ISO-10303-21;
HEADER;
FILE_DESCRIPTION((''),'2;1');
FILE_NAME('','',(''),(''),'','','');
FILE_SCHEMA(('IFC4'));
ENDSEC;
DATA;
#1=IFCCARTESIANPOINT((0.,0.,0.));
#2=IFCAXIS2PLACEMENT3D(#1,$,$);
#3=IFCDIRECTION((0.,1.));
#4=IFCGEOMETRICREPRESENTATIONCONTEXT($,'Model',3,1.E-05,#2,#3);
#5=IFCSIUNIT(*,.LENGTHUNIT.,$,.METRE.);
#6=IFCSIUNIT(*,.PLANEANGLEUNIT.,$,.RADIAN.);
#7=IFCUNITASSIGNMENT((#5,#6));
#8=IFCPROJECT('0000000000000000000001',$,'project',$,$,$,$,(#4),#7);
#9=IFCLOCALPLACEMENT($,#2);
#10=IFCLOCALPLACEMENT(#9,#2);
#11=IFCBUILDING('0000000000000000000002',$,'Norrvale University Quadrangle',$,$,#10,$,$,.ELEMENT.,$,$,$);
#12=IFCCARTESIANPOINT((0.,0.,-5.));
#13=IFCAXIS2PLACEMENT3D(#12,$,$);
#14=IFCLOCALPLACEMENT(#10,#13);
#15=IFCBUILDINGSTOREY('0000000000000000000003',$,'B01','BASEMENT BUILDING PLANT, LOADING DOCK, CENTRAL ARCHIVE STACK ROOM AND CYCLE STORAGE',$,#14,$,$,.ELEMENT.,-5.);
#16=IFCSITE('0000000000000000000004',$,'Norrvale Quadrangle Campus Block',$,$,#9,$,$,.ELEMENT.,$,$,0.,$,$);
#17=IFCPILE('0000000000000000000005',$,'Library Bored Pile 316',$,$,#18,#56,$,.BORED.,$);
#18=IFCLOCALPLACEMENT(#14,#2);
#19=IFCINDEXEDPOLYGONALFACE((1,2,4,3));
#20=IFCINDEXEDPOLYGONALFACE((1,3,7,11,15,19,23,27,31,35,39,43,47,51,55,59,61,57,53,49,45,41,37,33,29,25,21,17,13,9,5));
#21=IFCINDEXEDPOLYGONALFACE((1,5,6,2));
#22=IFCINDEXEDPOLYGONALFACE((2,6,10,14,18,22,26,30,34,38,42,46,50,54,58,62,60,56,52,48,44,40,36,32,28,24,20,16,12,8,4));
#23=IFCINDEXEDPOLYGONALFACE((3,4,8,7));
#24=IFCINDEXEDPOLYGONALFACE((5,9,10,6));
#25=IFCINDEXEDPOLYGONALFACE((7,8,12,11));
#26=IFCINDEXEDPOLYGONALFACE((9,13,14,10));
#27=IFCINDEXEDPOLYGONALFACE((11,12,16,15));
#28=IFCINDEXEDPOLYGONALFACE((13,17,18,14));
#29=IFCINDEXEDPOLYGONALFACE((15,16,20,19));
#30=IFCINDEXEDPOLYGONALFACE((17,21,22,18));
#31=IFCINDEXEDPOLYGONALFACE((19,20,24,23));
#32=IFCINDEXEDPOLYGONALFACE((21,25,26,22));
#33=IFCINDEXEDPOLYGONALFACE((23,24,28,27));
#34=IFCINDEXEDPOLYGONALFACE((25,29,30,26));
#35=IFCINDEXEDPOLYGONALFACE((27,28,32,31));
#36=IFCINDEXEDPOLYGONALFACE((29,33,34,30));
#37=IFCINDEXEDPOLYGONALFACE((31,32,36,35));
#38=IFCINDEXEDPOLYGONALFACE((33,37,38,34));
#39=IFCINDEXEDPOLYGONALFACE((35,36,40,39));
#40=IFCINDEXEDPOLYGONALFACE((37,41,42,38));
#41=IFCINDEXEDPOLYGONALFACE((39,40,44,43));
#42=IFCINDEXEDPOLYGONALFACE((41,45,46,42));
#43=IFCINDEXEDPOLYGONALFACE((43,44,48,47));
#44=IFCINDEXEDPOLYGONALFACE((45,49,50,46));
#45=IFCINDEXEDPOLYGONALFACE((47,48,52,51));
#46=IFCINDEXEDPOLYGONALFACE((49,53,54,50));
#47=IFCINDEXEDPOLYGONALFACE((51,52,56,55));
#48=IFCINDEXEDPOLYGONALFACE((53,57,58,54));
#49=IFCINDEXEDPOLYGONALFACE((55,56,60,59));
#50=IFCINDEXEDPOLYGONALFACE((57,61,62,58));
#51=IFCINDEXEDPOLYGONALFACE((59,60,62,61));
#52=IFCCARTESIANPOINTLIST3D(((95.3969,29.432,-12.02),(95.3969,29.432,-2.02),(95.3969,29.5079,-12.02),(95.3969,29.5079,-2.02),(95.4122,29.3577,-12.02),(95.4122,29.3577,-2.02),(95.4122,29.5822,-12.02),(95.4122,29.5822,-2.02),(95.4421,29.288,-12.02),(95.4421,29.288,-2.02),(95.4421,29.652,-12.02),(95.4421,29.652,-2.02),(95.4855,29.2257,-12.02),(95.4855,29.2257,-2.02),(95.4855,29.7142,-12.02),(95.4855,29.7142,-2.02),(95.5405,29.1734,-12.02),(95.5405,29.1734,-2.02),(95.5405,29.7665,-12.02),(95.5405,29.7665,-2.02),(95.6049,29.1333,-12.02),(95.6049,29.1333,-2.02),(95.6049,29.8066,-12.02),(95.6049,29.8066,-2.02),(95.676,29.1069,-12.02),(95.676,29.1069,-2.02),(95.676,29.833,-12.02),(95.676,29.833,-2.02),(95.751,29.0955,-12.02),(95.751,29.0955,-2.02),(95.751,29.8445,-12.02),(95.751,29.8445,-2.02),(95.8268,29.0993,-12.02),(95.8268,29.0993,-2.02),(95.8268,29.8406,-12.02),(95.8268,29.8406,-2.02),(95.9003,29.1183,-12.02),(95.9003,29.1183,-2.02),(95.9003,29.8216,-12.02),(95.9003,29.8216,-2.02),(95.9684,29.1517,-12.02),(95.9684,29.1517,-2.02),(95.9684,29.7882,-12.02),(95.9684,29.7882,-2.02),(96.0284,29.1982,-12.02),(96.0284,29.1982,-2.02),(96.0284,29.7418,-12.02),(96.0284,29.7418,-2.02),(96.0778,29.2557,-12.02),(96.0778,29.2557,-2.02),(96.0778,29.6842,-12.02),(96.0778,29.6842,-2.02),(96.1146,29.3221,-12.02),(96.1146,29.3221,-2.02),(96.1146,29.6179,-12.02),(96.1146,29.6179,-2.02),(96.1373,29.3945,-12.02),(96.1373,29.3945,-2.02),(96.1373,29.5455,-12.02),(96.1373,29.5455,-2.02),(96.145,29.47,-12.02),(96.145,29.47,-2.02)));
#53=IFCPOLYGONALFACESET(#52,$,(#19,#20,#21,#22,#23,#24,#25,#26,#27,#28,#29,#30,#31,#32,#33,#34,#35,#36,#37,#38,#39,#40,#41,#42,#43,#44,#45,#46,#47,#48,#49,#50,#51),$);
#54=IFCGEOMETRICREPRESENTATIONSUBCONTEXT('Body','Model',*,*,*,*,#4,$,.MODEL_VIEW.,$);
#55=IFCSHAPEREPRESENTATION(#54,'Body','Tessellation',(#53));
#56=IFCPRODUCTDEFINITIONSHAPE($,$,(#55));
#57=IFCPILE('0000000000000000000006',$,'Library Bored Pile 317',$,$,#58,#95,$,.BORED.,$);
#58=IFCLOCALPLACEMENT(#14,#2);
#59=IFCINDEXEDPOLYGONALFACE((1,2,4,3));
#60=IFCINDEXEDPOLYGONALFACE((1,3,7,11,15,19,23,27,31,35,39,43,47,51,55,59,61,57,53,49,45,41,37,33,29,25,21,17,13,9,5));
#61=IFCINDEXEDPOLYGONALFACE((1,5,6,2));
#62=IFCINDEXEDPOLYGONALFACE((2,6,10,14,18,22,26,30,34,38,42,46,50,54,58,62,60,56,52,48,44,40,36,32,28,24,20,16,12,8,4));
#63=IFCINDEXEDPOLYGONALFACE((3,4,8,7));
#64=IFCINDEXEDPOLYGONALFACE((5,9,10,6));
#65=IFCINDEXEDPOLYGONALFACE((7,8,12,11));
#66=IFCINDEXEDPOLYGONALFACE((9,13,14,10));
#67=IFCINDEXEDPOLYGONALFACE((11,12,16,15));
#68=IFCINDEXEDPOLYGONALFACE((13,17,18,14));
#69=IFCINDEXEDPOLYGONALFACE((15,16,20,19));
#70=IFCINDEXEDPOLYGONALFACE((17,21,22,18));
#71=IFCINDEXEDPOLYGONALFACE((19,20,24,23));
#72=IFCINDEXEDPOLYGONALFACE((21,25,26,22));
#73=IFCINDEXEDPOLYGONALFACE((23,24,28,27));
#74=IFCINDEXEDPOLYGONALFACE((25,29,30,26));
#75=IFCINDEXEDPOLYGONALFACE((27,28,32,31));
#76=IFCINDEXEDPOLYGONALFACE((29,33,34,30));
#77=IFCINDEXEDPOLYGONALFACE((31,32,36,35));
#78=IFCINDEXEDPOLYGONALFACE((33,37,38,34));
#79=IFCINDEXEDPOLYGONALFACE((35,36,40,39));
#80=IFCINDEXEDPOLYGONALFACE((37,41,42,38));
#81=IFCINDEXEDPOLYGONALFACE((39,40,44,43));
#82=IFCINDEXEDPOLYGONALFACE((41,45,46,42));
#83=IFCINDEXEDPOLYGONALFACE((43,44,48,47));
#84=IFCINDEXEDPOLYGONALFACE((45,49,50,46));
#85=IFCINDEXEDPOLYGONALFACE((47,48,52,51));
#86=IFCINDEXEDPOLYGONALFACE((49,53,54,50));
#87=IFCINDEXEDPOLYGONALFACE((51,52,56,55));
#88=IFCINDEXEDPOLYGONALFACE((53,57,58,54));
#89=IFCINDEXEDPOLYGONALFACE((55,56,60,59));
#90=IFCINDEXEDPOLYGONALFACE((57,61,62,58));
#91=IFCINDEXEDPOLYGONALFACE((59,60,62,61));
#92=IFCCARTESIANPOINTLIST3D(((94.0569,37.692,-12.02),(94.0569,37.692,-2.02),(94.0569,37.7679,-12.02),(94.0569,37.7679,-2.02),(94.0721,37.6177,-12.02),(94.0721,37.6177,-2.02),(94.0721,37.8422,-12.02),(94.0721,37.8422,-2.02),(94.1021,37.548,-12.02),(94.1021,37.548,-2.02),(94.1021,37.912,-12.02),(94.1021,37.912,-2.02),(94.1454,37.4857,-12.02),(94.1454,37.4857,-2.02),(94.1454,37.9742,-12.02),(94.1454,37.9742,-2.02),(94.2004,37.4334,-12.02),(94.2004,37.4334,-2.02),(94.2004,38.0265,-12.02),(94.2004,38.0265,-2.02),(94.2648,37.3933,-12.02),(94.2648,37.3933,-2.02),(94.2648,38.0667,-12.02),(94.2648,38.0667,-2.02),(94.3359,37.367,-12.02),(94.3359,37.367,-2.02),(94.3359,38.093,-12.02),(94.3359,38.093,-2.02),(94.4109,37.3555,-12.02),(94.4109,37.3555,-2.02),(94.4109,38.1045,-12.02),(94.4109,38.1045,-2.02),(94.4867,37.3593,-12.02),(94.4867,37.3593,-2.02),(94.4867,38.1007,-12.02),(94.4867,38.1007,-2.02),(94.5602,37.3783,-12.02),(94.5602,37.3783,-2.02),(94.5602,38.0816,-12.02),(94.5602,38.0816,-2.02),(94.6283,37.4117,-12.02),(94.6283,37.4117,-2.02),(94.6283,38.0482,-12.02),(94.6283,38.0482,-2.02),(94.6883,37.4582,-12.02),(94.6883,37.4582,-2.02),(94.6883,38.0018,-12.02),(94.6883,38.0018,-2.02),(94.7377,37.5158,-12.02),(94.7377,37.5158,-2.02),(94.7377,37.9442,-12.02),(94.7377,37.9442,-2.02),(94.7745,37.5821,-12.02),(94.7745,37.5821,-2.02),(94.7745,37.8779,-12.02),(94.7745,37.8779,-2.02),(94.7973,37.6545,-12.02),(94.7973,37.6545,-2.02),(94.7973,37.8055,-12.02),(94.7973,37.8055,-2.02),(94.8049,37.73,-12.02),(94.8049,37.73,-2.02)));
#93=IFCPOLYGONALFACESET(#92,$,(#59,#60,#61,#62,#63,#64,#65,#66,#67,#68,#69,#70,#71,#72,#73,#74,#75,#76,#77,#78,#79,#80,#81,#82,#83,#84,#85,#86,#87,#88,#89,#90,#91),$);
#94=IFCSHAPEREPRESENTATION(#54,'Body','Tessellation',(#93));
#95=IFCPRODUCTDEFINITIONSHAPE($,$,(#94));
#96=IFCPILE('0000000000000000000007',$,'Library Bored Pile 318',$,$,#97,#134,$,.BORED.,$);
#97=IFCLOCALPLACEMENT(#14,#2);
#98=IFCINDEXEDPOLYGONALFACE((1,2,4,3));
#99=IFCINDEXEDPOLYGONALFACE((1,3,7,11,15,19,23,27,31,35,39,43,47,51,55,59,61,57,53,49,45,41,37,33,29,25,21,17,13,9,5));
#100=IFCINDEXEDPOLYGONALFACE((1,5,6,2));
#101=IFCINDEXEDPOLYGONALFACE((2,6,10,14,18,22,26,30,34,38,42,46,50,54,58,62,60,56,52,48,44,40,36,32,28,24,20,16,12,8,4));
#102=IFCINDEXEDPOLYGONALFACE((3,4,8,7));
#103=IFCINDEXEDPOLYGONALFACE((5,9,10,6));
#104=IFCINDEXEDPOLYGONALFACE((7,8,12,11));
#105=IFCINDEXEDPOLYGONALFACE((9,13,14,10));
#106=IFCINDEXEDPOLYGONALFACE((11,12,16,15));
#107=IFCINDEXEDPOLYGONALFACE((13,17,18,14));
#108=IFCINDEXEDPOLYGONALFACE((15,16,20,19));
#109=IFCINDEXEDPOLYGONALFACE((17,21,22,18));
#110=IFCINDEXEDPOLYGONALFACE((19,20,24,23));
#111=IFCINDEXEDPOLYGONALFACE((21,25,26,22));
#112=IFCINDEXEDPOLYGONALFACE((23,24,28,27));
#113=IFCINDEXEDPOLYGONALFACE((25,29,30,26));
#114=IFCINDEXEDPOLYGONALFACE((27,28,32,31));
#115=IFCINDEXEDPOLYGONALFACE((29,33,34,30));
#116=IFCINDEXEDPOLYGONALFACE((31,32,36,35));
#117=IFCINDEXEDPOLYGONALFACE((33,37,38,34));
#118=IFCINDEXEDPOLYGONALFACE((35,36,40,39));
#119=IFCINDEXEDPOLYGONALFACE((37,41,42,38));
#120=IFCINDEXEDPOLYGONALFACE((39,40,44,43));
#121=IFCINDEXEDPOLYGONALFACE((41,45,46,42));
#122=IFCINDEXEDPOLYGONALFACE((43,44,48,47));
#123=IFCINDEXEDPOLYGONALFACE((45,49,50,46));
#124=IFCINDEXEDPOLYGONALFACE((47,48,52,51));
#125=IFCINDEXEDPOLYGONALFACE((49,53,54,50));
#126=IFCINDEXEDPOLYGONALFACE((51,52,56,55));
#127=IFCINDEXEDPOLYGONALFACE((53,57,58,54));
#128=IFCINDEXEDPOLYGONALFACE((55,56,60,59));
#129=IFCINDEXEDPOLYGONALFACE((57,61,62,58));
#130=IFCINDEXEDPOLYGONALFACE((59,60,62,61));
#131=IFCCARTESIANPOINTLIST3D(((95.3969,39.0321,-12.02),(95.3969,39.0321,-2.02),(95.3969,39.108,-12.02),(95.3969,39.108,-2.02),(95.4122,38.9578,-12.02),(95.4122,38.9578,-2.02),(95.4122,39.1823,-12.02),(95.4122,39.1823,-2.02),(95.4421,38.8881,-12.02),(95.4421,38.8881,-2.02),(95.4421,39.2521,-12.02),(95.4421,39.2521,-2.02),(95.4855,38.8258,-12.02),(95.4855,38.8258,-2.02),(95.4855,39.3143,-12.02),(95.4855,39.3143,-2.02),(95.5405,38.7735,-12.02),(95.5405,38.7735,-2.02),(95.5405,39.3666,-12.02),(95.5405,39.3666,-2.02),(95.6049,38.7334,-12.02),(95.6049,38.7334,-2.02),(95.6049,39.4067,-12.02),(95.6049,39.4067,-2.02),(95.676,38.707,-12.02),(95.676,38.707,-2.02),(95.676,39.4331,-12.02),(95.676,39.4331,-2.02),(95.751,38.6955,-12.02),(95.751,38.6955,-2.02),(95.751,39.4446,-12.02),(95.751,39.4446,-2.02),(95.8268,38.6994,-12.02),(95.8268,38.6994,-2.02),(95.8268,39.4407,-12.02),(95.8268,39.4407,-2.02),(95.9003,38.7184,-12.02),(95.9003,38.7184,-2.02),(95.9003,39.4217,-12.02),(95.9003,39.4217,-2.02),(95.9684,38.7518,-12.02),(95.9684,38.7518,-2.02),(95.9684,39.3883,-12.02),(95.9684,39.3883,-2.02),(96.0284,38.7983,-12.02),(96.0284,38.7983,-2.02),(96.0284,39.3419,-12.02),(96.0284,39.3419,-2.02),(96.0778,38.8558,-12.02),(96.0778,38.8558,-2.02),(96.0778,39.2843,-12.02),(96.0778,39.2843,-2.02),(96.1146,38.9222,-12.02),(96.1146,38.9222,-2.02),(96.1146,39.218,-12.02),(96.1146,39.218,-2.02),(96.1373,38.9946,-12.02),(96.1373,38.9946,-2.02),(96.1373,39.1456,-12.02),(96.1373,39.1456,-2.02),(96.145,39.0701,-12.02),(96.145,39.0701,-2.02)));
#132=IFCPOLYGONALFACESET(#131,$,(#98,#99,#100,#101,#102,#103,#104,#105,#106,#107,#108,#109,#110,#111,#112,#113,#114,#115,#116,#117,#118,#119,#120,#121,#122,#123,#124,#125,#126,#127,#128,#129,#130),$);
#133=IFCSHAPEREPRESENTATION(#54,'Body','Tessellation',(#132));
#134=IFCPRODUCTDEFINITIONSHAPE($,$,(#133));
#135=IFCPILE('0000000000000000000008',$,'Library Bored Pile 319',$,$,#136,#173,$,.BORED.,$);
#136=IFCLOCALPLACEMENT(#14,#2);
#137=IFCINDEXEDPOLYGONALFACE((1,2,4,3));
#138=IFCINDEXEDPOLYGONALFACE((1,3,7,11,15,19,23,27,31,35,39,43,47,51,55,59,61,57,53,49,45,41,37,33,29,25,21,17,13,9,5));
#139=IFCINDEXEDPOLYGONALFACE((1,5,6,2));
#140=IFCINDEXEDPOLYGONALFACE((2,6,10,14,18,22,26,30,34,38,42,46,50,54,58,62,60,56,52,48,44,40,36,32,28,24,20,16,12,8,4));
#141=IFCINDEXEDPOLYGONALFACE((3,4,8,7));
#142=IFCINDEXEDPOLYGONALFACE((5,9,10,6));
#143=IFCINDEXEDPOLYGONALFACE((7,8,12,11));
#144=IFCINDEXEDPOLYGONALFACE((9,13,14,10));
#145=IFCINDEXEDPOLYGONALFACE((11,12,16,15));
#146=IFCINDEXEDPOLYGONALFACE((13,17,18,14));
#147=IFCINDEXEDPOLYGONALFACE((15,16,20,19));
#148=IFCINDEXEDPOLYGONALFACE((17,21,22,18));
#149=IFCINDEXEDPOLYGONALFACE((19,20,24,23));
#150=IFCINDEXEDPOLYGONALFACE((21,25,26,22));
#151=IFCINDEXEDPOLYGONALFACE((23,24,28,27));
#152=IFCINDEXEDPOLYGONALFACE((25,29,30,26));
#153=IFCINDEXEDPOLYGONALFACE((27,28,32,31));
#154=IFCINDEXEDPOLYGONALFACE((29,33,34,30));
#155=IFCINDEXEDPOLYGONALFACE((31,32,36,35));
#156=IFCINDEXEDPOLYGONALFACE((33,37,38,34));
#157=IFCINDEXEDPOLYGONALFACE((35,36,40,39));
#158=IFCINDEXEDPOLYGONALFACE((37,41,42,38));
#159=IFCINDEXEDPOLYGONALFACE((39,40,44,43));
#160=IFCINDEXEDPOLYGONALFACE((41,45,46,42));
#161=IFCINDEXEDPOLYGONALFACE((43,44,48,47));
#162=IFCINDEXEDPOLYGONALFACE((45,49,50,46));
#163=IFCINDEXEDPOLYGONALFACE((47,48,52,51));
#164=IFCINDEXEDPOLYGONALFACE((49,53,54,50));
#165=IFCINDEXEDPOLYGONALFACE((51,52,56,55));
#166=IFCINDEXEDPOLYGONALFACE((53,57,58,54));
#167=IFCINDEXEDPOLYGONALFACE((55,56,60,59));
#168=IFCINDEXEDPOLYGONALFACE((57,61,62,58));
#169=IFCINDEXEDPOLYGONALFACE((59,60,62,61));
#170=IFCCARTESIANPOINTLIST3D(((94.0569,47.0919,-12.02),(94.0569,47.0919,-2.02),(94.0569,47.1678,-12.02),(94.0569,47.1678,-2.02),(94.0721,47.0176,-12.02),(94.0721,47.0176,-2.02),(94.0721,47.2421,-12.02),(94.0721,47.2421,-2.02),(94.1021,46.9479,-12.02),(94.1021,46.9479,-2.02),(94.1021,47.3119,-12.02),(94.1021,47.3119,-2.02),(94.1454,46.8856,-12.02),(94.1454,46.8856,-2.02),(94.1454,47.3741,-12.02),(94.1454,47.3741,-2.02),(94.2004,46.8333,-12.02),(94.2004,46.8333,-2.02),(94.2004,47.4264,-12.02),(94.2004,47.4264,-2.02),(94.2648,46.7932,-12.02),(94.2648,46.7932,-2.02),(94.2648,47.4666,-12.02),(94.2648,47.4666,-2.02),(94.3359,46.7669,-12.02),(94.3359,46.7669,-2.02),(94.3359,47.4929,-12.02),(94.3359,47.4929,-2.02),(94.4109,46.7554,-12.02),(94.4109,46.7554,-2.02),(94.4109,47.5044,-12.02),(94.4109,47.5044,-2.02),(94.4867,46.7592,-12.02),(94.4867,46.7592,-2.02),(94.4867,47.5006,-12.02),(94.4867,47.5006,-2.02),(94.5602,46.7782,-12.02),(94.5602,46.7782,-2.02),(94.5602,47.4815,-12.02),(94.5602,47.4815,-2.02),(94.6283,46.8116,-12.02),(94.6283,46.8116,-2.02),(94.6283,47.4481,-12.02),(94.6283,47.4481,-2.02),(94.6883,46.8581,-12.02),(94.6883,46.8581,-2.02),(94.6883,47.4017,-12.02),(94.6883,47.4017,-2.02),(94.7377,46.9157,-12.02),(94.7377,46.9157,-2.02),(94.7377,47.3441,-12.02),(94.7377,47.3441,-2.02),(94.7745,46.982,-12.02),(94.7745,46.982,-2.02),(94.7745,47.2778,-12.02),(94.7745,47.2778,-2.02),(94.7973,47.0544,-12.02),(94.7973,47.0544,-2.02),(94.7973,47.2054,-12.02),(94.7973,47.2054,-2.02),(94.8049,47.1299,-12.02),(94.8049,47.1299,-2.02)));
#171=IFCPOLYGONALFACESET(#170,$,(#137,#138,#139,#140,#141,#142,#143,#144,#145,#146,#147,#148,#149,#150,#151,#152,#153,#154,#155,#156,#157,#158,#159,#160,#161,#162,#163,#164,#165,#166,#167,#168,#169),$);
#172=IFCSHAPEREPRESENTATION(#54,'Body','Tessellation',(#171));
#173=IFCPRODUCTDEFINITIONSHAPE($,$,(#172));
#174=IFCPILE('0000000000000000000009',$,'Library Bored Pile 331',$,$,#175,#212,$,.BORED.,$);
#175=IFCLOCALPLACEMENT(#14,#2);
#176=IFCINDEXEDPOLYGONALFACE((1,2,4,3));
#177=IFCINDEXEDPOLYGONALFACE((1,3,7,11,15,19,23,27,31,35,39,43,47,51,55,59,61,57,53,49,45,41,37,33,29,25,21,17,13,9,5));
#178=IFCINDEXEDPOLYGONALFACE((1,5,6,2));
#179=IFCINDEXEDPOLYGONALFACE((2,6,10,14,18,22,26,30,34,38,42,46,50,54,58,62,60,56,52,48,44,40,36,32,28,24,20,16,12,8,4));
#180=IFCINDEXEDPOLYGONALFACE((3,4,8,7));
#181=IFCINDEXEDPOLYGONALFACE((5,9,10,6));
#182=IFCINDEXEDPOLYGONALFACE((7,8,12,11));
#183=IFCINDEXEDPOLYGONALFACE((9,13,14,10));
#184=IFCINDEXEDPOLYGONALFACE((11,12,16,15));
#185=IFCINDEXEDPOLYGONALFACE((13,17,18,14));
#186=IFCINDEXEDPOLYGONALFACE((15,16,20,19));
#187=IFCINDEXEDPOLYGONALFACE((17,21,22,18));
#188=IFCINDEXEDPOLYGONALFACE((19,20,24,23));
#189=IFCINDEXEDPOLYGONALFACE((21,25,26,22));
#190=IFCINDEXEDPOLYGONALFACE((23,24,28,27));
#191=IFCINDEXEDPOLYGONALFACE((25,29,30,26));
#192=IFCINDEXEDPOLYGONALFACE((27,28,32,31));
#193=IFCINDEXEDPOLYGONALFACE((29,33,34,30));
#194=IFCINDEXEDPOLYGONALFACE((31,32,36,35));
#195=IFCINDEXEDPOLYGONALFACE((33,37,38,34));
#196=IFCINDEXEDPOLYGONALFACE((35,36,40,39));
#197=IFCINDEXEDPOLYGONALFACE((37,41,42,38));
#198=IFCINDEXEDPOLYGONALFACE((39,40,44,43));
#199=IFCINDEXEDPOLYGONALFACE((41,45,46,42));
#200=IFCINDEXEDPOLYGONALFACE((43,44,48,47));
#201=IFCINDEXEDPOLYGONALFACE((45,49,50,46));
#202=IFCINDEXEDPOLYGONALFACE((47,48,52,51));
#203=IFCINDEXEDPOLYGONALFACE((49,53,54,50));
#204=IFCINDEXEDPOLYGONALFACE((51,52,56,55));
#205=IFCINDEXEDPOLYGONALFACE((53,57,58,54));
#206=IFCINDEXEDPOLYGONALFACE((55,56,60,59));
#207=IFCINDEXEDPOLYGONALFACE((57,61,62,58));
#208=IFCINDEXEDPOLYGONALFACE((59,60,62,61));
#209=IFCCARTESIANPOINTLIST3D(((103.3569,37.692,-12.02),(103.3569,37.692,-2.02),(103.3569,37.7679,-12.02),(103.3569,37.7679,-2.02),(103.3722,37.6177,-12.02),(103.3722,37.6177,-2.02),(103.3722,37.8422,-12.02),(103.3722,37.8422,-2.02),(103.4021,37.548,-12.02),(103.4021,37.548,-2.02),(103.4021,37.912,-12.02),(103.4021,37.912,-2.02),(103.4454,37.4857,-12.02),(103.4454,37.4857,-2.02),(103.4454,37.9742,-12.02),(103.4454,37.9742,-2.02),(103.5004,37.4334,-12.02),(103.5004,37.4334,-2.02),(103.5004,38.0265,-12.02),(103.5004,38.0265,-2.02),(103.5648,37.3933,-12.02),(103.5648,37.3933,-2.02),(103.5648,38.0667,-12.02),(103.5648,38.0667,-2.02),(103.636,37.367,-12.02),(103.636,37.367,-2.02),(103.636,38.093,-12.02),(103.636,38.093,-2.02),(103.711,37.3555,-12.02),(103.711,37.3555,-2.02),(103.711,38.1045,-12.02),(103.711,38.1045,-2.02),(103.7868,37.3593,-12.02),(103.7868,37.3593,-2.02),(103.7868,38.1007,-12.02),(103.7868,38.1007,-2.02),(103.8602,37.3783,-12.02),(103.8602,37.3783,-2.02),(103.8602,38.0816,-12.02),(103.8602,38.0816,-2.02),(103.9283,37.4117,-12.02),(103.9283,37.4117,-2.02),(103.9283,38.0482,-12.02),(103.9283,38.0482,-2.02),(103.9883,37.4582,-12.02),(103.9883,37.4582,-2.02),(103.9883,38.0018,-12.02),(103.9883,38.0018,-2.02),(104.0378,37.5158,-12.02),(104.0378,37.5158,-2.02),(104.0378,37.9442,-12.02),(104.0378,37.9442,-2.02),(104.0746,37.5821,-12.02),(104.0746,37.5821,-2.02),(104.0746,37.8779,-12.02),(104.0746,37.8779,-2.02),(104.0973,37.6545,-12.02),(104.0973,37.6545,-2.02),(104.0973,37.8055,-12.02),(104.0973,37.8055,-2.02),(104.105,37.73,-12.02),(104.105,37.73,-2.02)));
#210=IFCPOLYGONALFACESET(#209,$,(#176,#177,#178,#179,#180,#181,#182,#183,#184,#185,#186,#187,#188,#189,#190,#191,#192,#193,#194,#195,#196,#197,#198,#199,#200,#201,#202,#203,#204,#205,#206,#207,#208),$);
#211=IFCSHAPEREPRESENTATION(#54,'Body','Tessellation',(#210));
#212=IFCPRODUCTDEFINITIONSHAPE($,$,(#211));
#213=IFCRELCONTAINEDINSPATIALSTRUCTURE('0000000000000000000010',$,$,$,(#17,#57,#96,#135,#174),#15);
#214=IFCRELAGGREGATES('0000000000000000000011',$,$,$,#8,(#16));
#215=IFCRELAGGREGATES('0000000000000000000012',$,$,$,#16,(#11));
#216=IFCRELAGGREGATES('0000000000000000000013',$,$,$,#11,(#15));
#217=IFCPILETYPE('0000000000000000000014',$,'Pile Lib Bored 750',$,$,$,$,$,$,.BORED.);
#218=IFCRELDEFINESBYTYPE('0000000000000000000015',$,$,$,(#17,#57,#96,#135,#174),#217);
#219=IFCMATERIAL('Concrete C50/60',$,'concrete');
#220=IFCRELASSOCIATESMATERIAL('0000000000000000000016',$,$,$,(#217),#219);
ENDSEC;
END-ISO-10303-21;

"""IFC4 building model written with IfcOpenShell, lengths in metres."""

from ifc_helpers import new_model, si_unit, direction, frame, origin, origin_2d, place, context, subcontext, project, spatial, circle, extrude, material, material_profile, profile_set, type_object, element, save


model = new_model("IFC4")

# Units and contexts
model_context = context("Model", 3, precision=1e-05, world=origin(), true_north=direction((0.0, 1.0)))
body_context = subcontext(model_context, "Body", "Model", "MODEL_VIEW")
ifc_project = project(units=[si_unit("LENGTHUNIT", "METRE"), si_unit("PLANEANGLEUNIT", "RADIAN")], contexts=[model_context])

# Site, building, storey
site_placement = place(None, origin())
site = spatial("IfcSite", under=ifc_project, at=site_placement, Name="Norrvale Quadrangle Campus Block", CompositionType="ELEMENT", RefElevation=0.0)
building_placement = place(site_placement, origin())
building = spatial("IfcBuilding", under=site, at=building_placement, Name="Norrvale University Quadrangle", CompositionType="ELEMENT")
storey_placement = place(building_placement, frame((0.0, 0.0, -5.0)))
storey = spatial("IfcBuildingStorey", under=building, at=storey_placement, Name="B01", Description="BASEMENT BUILDING PLANT, LOADING DOCK, CENTRAL ARCHIVE STACK ROOM AND CYCLE STORAGE", CompositionType="ELEMENT", Elevation=-5.0)

# Shared definitions
ifc_material_1 = material(Name="Concrete C50/60", Category="concrete")

# Piles
ifc_material_profile_1 = material_profile(ifc_material_1, circle(Radius=0.375, at=origin_2d()), Name="Concrete C50/60")
ifc_profile_set_1 = profile_set([ifc_material_profile_1], Name="Concrete C50/60")
pile_type = type_object("IfcPileType", Name="Pile Lib Bored 750", PredefinedType="BORED", material=ifc_profile_set_1)
for number, where, z_axis, x_axis, name in (
    (1, (95.77, 29.47, -2.02), (0.0, 0.0, -1.0), (1.0, 0.0, 0.0), "Library Bored Pile 316"),
    (2, (94.4299, 37.73, -2.02), (0.0, 0.0, -1.0), (1.0, 0.0, 0.0), "Library Bored Pile 317"),
    (3, (95.77, 39.0701, -2.02), (0.0, 0.0, -1.0), (1.0, 0.0, 0.0), "Library Bored Pile 318"),
    (4, (94.4299, 47.1299, -2.02), (0.0, 0.0, -1.0), (1.0, 0.0, 0.0), "Library Bored Pile 319"),
    (5, (103.73, 37.73, -2.02), (0.0, 0.0, -1.0), (1.0, 0.0, 0.0), "Library Bored Pile 331"),
):
    element("IfcPile", number, at=place(storey_placement, frame(where, z_axis=z_axis, x_axis=x_axis)), inside=storey, type_object=pile_type, Name=name, PredefinedType="BORED", context=body_context, shape_type="SweptSolid", body=[
        extrude(circle(Radius=0.375, at=origin_2d()), origin(), (0.0, 0.0, 1.0), 10.0),
    ])

save(model, "model.ifc")
